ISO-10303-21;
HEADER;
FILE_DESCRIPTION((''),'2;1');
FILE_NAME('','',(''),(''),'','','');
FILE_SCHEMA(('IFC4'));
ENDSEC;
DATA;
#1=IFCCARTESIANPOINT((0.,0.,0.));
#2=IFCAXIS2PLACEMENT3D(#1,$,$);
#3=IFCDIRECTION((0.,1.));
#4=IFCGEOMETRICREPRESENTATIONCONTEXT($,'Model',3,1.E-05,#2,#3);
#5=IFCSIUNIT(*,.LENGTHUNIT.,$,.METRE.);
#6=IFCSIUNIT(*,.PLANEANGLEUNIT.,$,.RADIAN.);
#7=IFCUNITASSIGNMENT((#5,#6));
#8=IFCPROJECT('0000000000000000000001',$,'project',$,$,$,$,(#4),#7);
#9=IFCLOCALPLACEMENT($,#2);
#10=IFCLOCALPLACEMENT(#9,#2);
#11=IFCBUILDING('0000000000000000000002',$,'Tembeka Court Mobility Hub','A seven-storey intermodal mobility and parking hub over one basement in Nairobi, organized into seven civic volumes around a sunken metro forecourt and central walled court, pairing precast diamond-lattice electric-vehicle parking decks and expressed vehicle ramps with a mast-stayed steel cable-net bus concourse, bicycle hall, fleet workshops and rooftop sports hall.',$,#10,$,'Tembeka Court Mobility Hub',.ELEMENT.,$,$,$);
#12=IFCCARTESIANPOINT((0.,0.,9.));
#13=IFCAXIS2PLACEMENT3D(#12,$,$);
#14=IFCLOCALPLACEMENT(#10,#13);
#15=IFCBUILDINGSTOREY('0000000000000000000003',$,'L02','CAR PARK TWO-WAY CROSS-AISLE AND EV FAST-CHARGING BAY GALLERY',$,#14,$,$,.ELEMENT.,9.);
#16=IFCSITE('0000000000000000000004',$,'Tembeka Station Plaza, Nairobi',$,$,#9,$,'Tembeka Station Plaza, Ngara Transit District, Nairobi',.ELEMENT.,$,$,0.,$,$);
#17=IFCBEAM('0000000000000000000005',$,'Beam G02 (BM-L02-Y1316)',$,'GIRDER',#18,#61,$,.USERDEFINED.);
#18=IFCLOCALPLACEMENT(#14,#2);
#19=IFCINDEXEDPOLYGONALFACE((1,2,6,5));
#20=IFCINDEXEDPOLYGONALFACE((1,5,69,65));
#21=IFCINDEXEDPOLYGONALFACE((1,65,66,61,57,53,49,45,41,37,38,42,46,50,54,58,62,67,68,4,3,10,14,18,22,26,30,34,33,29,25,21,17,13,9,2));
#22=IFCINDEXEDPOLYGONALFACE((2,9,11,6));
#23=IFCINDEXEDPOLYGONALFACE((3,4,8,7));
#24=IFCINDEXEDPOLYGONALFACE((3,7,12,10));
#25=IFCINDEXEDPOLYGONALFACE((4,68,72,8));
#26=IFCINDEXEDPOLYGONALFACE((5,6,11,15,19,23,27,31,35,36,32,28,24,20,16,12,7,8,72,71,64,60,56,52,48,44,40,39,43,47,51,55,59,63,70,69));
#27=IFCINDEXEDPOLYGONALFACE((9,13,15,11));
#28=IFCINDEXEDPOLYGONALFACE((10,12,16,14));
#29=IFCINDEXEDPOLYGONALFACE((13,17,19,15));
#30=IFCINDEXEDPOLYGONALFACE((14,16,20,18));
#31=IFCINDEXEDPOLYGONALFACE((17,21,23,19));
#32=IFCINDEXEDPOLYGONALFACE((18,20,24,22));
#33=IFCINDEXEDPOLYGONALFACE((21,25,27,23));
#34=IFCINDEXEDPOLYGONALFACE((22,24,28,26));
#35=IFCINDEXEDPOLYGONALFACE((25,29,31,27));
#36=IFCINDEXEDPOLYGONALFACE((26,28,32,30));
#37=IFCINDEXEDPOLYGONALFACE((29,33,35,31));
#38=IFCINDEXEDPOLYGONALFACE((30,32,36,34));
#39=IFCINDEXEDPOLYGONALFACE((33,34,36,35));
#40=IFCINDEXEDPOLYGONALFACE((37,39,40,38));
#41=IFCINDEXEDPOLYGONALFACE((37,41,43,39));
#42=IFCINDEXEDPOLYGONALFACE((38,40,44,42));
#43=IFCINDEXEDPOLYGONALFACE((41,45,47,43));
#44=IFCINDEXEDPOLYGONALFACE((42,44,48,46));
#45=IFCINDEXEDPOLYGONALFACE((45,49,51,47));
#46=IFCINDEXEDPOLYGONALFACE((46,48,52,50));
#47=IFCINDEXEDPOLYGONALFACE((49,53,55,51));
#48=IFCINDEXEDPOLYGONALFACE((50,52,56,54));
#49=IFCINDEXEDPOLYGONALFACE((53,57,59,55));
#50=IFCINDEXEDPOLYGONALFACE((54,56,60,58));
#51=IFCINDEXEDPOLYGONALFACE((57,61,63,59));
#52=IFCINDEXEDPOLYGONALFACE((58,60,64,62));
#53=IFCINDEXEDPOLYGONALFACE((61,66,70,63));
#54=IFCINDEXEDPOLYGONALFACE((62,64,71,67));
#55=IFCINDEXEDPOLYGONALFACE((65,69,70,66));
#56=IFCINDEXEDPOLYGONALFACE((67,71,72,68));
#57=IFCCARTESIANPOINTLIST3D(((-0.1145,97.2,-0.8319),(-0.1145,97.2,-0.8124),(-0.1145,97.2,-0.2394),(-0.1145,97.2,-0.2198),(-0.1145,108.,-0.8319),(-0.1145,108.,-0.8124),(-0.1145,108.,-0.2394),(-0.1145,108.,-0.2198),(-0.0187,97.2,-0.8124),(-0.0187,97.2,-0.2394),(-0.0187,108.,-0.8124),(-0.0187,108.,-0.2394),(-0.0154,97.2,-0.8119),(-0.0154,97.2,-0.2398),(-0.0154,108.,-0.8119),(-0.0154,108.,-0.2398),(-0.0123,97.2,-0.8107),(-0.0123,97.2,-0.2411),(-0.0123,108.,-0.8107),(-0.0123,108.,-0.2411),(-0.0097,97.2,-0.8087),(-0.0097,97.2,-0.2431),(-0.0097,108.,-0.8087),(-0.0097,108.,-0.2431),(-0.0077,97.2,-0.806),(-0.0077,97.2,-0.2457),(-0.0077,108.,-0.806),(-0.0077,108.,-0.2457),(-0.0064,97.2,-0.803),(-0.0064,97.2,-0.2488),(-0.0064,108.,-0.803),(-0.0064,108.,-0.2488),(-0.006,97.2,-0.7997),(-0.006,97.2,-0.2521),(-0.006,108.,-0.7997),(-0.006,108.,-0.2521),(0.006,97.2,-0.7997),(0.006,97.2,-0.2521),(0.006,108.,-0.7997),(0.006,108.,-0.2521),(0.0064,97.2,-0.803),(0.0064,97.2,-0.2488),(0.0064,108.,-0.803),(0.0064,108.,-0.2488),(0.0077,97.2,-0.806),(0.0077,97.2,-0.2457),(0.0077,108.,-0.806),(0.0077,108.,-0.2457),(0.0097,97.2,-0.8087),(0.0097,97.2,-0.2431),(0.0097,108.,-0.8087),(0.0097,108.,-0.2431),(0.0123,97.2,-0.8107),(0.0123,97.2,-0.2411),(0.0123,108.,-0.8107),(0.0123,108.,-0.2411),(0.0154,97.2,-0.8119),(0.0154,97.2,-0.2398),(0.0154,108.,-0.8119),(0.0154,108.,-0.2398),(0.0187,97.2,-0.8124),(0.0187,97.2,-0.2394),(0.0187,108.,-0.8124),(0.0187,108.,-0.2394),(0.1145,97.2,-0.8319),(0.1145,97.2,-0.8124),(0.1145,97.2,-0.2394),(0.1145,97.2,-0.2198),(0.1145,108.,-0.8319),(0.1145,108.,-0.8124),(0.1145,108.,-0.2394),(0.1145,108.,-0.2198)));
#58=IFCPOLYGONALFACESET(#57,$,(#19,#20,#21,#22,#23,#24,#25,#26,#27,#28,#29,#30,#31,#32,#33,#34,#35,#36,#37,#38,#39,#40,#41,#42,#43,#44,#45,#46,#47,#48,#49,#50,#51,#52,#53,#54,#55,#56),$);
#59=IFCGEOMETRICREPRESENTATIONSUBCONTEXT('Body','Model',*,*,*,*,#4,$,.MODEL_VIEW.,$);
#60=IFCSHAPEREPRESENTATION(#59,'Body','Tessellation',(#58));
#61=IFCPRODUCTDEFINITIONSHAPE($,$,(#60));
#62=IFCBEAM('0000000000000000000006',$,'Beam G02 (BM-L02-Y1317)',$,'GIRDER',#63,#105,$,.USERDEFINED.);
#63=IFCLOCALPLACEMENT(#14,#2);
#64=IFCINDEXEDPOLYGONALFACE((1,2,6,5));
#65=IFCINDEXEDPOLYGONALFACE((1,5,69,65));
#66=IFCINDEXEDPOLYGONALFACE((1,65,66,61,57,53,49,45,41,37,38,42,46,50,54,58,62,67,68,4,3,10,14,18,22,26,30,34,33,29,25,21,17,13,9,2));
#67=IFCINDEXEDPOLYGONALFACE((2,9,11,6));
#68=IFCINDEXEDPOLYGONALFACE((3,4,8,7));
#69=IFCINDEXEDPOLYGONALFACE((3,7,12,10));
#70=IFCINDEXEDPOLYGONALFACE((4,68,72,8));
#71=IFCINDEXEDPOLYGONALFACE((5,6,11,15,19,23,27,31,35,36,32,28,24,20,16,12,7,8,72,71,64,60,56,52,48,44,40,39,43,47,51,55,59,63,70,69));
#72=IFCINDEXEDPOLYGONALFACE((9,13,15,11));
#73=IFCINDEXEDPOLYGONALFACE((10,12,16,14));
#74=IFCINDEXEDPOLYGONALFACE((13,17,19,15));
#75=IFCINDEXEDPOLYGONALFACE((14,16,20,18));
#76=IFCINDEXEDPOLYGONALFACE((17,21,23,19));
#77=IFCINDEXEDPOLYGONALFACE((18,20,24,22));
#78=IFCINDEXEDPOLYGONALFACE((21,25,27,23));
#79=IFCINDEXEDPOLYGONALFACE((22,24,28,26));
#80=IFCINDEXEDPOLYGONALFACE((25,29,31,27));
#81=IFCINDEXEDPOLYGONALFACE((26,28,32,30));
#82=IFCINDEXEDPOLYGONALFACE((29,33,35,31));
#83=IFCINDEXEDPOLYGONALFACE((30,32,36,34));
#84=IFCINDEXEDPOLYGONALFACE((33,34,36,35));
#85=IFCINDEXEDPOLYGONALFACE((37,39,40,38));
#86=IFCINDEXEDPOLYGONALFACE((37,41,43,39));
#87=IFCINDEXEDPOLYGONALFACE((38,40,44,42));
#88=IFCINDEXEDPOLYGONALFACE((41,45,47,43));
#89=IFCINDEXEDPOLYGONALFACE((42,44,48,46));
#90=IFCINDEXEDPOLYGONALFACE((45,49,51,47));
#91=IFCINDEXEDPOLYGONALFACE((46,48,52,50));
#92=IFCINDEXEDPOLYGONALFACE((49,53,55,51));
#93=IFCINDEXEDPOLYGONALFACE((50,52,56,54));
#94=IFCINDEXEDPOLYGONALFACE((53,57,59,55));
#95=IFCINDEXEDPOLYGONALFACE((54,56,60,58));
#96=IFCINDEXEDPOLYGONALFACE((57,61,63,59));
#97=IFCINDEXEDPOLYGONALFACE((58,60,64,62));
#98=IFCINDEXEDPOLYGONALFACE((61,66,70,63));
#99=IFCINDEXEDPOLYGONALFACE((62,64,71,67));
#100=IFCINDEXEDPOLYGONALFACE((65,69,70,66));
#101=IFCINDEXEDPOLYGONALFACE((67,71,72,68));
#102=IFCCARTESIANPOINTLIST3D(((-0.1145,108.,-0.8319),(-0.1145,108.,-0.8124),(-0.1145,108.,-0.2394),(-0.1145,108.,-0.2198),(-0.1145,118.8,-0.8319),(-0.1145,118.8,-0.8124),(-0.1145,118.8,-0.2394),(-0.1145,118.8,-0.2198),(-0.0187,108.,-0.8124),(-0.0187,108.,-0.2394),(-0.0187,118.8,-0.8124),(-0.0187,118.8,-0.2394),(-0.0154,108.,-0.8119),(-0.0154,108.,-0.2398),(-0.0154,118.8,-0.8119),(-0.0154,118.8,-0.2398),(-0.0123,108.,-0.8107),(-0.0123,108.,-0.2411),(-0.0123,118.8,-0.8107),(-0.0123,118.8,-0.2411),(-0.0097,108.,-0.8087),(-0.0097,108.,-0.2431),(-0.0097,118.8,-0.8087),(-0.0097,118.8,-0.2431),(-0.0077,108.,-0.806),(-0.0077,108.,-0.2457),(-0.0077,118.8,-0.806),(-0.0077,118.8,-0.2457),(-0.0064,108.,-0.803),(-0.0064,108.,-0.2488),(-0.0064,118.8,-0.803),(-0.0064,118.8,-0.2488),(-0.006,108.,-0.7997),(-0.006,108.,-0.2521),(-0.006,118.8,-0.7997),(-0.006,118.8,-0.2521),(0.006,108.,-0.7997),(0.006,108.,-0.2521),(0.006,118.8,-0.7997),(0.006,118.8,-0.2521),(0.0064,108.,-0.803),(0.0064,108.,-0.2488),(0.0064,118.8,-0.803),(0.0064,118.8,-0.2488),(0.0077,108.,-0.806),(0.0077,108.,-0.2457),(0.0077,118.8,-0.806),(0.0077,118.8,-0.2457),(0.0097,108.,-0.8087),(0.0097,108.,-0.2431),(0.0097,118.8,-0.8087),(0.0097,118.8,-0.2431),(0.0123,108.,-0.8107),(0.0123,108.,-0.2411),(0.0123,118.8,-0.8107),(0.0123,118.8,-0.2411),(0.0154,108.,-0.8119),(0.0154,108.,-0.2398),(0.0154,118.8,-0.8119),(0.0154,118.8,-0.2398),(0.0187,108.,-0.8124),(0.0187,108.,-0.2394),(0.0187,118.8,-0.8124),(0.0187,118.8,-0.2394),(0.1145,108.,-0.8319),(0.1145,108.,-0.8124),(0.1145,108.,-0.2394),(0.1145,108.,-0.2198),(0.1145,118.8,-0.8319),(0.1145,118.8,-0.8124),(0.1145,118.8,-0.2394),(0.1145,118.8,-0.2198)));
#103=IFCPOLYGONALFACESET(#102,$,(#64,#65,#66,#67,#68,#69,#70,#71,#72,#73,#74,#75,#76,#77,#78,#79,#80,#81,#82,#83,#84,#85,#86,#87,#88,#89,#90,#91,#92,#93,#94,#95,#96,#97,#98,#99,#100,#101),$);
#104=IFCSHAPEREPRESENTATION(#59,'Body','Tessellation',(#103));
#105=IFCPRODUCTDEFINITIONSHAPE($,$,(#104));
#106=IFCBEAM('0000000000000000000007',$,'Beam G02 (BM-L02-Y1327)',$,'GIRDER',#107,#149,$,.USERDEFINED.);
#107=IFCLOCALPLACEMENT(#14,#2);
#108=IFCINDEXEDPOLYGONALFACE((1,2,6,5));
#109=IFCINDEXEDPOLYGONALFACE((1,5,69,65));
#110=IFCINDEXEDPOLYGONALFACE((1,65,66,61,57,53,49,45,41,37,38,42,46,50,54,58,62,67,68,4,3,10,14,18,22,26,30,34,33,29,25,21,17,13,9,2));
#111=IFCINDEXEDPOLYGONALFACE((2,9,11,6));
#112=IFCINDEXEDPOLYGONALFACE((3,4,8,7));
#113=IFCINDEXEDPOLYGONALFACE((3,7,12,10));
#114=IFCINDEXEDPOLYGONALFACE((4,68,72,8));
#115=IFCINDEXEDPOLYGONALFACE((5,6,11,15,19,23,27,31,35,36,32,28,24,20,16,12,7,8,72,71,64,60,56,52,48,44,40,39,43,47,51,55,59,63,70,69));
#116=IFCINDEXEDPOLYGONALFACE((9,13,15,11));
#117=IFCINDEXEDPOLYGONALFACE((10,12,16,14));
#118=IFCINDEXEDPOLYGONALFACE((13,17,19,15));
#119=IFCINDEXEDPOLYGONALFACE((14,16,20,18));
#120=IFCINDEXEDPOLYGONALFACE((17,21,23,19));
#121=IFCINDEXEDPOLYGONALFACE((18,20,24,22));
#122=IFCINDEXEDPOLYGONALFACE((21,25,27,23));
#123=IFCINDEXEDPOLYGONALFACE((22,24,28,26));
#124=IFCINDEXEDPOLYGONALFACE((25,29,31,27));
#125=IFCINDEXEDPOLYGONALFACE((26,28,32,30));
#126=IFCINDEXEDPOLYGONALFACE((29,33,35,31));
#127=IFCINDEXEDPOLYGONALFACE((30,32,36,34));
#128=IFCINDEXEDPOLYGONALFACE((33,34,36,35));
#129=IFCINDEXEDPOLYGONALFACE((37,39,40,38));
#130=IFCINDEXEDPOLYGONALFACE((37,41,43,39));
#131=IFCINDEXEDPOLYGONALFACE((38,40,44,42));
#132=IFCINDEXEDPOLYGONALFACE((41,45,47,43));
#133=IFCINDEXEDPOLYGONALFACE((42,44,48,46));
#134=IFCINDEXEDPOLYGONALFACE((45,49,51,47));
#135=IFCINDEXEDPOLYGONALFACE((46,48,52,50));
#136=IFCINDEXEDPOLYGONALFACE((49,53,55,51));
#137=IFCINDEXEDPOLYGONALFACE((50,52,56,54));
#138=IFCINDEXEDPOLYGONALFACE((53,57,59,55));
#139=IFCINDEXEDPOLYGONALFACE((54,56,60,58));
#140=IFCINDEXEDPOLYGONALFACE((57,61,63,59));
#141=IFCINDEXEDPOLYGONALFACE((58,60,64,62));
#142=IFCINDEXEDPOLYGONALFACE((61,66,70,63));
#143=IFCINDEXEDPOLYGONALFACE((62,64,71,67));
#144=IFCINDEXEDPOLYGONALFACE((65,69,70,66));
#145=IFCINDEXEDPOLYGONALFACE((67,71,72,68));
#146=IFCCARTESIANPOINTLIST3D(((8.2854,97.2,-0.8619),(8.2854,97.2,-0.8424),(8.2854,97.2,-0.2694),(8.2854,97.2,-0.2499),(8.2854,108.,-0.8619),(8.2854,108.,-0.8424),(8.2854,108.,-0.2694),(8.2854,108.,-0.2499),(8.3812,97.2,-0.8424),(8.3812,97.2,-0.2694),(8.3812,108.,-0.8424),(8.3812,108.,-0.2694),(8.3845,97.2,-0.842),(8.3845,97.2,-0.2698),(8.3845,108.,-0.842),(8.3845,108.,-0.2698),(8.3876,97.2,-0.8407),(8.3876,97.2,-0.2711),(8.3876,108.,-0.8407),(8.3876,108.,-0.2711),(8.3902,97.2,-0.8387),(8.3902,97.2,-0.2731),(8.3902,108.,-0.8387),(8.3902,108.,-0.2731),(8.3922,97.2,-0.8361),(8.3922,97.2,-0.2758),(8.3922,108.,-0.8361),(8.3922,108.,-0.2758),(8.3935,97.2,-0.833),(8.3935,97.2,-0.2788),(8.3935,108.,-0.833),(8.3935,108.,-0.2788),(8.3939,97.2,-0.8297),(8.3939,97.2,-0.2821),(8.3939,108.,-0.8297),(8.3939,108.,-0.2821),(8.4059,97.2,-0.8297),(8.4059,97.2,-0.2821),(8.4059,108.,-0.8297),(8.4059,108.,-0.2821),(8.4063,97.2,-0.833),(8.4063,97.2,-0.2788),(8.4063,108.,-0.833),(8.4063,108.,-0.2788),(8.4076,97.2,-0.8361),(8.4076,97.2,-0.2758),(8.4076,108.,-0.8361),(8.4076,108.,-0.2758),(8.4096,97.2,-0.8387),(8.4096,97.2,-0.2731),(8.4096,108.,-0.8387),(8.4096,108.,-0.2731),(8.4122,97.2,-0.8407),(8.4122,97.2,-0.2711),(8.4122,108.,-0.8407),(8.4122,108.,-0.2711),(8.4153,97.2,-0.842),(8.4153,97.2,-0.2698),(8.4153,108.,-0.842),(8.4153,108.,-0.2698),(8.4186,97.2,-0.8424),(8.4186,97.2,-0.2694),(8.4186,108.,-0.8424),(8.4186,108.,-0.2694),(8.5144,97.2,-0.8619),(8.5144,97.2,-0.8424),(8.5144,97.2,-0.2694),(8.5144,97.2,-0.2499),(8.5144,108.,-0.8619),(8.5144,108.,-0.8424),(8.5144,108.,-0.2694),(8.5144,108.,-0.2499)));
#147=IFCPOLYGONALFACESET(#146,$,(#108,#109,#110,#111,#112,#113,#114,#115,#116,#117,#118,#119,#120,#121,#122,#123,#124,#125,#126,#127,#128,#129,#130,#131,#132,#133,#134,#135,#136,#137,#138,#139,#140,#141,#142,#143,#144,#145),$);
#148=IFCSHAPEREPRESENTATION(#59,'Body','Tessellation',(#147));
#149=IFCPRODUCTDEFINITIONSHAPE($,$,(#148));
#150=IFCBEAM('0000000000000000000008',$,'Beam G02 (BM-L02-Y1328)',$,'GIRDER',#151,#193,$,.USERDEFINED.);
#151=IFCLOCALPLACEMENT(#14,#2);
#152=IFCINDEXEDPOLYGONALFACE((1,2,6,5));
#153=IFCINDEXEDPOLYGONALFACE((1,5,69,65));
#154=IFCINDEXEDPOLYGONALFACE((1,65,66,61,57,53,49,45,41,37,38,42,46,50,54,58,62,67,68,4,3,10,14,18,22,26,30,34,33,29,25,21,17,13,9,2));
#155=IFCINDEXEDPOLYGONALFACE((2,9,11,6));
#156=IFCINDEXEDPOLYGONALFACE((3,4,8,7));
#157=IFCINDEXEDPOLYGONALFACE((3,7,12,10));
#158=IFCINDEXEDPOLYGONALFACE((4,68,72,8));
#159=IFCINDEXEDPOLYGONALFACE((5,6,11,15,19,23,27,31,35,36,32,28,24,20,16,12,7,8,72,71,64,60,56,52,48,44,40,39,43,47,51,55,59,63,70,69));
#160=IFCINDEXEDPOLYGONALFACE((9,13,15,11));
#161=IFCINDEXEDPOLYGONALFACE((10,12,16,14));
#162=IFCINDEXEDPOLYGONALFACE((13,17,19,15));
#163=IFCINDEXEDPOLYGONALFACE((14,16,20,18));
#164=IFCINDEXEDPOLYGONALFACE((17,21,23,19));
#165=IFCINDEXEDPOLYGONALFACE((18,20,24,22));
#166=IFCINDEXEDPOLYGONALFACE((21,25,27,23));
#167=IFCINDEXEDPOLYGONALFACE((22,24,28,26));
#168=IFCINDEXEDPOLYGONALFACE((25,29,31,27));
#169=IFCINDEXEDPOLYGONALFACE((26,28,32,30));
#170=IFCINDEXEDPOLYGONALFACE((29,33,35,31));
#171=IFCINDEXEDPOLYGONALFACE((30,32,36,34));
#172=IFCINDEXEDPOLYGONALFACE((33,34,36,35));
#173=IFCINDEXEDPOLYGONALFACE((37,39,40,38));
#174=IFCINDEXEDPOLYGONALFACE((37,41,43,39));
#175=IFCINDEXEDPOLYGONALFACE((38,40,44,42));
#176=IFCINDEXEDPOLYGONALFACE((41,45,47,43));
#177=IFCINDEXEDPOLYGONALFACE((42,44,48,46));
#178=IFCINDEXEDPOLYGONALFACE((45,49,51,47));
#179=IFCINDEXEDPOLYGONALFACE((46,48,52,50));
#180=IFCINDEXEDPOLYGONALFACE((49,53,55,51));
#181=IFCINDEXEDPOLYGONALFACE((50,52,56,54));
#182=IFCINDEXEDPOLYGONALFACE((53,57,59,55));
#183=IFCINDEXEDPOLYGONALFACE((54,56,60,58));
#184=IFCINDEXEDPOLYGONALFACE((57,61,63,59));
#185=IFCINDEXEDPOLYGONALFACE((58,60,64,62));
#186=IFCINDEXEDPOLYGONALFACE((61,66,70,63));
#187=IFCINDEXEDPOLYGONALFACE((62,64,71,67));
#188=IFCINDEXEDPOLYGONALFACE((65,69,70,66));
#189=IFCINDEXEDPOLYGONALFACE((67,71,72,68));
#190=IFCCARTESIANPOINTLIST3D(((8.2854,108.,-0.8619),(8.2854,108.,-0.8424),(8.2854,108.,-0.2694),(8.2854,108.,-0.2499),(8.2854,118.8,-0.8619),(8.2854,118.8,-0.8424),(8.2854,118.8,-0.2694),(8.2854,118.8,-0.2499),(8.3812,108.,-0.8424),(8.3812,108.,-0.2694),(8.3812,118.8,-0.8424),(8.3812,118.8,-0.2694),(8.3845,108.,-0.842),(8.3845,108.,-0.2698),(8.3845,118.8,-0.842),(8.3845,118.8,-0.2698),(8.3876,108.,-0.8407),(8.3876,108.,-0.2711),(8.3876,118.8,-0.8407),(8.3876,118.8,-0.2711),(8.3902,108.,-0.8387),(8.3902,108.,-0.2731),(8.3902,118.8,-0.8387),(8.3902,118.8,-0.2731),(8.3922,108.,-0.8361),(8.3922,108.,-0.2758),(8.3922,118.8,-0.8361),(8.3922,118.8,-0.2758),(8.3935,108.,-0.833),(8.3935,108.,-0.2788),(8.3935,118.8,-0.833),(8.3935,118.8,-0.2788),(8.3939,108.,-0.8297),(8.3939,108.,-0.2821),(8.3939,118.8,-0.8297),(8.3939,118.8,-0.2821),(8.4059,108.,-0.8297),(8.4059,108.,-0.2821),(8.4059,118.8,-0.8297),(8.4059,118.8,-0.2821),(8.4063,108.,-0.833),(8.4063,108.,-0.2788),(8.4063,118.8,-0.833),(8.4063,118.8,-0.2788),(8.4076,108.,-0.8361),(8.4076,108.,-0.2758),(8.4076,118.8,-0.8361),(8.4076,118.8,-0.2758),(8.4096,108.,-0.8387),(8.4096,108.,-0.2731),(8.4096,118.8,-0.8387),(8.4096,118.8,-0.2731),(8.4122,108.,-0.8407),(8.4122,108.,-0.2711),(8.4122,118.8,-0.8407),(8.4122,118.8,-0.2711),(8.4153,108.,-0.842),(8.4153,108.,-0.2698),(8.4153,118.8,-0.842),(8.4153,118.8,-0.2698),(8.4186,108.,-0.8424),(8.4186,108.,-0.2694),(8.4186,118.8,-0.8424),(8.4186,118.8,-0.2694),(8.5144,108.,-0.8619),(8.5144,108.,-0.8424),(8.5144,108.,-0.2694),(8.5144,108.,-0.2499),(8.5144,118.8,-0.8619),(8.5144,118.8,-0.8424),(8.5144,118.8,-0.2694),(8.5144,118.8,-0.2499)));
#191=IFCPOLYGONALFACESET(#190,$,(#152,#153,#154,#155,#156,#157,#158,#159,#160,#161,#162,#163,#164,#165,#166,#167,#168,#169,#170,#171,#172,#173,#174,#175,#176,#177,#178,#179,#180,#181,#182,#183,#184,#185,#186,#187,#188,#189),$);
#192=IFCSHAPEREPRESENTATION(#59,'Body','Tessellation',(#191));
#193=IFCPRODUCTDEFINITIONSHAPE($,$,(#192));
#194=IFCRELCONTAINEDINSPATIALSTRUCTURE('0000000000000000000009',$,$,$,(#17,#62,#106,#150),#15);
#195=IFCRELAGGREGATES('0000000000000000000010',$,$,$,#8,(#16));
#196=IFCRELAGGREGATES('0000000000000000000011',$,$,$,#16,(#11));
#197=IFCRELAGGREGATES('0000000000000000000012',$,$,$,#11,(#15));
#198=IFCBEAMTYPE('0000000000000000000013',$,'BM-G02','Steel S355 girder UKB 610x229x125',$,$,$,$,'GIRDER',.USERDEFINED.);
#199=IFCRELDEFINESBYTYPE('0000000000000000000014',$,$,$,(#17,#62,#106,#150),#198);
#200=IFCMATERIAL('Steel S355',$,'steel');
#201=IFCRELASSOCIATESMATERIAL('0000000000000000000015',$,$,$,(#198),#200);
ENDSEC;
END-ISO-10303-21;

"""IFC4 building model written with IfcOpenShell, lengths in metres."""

from ifc_helpers import new_model, si_unit, direction, frame, origin, origin_2d, place, context, subcontext, project, spatial, i_section, extrude, material, material_profile, profile_set, type_object, element, save


model = new_model("IFC4")

# Units and contexts
model_context = context("Model", 3, precision=1e-05, world=origin(), true_north=direction((0.0, 1.0)))
body_context = subcontext(model_context, "Body", "Model", "MODEL_VIEW")
ifc_project = project(units=[si_unit("LENGTHUNIT", "METRE"), si_unit("PLANEANGLEUNIT", "RADIAN")], contexts=[model_context])

# Site, building, storey
site_placement = place(None, origin())
site = spatial("IfcSite", under=ifc_project, at=site_placement, Name="Tembeka Station Plaza, Nairobi", LongName="Tembeka Station Plaza, Ngara Transit District, Nairobi", CompositionType="ELEMENT", RefElevation=0.0)
building_placement = place(site_placement, origin())
building = spatial("IfcBuilding", under=site, at=building_placement, Name="Tembeka Court Mobility Hub", Description="A seven-storey intermodal mobility and parking hub over one basement in Nairobi, organized into seven civic volumes around a sunken metro forecourt and central walled court, pairing precast diamond-lattice electric-vehicle parking decks and expressed vehicle ramps with a mast-stayed steel cable-net bus concourse, bicycle hall, fleet workshops and rooftop sports hall.", LongName="Tembeka Court Mobility Hub", CompositionType="ELEMENT")
storey_placement = place(building_placement, frame((0.0, 0.0, 9.0)))
storey = spatial("IfcBuildingStorey", under=building, at=storey_placement, Name="L02", Description="CAR PARK TWO-WAY CROSS-AISLE AND EV FAST-CHARGING BAY GALLERY", CompositionType="ELEMENT", Elevation=9.0)

# Shared definitions
ifc_material_1 = material(Name="Steel S355", Category="steel")

# Beams
ifc_material_profile_1 = material_profile(ifc_material_1, i_section(OverallWidth=0.229, OverallDepth=0.6121, WebThickness=0.012, FlangeThickness=0.0195, FilletRadius=0.0127, at=origin_2d()), Name="UKB 610x229x125")
ifc_profile_set_1 = profile_set([ifc_material_profile_1], Name="Steel S355")
beam_type_1 = type_object("IfcBeamType", Name="BM-G02", Description="Steel S355 girder UKB 610x229x125", ElementType="GIRDER", PredefinedType="USERDEFINED", material=ifc_profile_set_1)
for number, where, z_axis, x_axis, name in (
    (1, (0.0, 97.2, -0.5259), (0.0, 1.0, 0.0), (-1.0, 0.0, 0.0), "Beam G02 (BM-L02-Y1316)"),
    (2, (0.0, 108.0, -0.5259), (0.0, 1.0, 0.0), (-1.0, 0.0, 0.0), "Beam G02 (BM-L02-Y1317)"),
    (3, (8.3999, 97.2, -0.5559), (0.0, 1.0, 0.0), (-1.0, 0.0, 0.0), "Beam G02 (BM-L02-Y1327)"),
    (4, (8.3999, 108.0, -0.5559), (0.0, 1.0, 0.0), (-1.0, 0.0, 0.0), "Beam G02 (BM-L02-Y1328)"),
):
    element("IfcBeam", number, at=place(storey_placement, frame(where, z_axis=z_axis, x_axis=x_axis)), inside=storey, type_object=beam_type_1, Name=name, ObjectType="GIRDER", PredefinedType="USERDEFINED", context=body_context, shape_type="SweptSolid", body=[
        extrude(i_section(OverallWidth=0.229, OverallDepth=0.6121, WebThickness=0.012, FlangeThickness=0.0195, FilletRadius=0.0127, at=origin_2d()), origin(), (0.0, 0.0, 1.0), 10.8),
    ])

save(model, "model.ifc")
